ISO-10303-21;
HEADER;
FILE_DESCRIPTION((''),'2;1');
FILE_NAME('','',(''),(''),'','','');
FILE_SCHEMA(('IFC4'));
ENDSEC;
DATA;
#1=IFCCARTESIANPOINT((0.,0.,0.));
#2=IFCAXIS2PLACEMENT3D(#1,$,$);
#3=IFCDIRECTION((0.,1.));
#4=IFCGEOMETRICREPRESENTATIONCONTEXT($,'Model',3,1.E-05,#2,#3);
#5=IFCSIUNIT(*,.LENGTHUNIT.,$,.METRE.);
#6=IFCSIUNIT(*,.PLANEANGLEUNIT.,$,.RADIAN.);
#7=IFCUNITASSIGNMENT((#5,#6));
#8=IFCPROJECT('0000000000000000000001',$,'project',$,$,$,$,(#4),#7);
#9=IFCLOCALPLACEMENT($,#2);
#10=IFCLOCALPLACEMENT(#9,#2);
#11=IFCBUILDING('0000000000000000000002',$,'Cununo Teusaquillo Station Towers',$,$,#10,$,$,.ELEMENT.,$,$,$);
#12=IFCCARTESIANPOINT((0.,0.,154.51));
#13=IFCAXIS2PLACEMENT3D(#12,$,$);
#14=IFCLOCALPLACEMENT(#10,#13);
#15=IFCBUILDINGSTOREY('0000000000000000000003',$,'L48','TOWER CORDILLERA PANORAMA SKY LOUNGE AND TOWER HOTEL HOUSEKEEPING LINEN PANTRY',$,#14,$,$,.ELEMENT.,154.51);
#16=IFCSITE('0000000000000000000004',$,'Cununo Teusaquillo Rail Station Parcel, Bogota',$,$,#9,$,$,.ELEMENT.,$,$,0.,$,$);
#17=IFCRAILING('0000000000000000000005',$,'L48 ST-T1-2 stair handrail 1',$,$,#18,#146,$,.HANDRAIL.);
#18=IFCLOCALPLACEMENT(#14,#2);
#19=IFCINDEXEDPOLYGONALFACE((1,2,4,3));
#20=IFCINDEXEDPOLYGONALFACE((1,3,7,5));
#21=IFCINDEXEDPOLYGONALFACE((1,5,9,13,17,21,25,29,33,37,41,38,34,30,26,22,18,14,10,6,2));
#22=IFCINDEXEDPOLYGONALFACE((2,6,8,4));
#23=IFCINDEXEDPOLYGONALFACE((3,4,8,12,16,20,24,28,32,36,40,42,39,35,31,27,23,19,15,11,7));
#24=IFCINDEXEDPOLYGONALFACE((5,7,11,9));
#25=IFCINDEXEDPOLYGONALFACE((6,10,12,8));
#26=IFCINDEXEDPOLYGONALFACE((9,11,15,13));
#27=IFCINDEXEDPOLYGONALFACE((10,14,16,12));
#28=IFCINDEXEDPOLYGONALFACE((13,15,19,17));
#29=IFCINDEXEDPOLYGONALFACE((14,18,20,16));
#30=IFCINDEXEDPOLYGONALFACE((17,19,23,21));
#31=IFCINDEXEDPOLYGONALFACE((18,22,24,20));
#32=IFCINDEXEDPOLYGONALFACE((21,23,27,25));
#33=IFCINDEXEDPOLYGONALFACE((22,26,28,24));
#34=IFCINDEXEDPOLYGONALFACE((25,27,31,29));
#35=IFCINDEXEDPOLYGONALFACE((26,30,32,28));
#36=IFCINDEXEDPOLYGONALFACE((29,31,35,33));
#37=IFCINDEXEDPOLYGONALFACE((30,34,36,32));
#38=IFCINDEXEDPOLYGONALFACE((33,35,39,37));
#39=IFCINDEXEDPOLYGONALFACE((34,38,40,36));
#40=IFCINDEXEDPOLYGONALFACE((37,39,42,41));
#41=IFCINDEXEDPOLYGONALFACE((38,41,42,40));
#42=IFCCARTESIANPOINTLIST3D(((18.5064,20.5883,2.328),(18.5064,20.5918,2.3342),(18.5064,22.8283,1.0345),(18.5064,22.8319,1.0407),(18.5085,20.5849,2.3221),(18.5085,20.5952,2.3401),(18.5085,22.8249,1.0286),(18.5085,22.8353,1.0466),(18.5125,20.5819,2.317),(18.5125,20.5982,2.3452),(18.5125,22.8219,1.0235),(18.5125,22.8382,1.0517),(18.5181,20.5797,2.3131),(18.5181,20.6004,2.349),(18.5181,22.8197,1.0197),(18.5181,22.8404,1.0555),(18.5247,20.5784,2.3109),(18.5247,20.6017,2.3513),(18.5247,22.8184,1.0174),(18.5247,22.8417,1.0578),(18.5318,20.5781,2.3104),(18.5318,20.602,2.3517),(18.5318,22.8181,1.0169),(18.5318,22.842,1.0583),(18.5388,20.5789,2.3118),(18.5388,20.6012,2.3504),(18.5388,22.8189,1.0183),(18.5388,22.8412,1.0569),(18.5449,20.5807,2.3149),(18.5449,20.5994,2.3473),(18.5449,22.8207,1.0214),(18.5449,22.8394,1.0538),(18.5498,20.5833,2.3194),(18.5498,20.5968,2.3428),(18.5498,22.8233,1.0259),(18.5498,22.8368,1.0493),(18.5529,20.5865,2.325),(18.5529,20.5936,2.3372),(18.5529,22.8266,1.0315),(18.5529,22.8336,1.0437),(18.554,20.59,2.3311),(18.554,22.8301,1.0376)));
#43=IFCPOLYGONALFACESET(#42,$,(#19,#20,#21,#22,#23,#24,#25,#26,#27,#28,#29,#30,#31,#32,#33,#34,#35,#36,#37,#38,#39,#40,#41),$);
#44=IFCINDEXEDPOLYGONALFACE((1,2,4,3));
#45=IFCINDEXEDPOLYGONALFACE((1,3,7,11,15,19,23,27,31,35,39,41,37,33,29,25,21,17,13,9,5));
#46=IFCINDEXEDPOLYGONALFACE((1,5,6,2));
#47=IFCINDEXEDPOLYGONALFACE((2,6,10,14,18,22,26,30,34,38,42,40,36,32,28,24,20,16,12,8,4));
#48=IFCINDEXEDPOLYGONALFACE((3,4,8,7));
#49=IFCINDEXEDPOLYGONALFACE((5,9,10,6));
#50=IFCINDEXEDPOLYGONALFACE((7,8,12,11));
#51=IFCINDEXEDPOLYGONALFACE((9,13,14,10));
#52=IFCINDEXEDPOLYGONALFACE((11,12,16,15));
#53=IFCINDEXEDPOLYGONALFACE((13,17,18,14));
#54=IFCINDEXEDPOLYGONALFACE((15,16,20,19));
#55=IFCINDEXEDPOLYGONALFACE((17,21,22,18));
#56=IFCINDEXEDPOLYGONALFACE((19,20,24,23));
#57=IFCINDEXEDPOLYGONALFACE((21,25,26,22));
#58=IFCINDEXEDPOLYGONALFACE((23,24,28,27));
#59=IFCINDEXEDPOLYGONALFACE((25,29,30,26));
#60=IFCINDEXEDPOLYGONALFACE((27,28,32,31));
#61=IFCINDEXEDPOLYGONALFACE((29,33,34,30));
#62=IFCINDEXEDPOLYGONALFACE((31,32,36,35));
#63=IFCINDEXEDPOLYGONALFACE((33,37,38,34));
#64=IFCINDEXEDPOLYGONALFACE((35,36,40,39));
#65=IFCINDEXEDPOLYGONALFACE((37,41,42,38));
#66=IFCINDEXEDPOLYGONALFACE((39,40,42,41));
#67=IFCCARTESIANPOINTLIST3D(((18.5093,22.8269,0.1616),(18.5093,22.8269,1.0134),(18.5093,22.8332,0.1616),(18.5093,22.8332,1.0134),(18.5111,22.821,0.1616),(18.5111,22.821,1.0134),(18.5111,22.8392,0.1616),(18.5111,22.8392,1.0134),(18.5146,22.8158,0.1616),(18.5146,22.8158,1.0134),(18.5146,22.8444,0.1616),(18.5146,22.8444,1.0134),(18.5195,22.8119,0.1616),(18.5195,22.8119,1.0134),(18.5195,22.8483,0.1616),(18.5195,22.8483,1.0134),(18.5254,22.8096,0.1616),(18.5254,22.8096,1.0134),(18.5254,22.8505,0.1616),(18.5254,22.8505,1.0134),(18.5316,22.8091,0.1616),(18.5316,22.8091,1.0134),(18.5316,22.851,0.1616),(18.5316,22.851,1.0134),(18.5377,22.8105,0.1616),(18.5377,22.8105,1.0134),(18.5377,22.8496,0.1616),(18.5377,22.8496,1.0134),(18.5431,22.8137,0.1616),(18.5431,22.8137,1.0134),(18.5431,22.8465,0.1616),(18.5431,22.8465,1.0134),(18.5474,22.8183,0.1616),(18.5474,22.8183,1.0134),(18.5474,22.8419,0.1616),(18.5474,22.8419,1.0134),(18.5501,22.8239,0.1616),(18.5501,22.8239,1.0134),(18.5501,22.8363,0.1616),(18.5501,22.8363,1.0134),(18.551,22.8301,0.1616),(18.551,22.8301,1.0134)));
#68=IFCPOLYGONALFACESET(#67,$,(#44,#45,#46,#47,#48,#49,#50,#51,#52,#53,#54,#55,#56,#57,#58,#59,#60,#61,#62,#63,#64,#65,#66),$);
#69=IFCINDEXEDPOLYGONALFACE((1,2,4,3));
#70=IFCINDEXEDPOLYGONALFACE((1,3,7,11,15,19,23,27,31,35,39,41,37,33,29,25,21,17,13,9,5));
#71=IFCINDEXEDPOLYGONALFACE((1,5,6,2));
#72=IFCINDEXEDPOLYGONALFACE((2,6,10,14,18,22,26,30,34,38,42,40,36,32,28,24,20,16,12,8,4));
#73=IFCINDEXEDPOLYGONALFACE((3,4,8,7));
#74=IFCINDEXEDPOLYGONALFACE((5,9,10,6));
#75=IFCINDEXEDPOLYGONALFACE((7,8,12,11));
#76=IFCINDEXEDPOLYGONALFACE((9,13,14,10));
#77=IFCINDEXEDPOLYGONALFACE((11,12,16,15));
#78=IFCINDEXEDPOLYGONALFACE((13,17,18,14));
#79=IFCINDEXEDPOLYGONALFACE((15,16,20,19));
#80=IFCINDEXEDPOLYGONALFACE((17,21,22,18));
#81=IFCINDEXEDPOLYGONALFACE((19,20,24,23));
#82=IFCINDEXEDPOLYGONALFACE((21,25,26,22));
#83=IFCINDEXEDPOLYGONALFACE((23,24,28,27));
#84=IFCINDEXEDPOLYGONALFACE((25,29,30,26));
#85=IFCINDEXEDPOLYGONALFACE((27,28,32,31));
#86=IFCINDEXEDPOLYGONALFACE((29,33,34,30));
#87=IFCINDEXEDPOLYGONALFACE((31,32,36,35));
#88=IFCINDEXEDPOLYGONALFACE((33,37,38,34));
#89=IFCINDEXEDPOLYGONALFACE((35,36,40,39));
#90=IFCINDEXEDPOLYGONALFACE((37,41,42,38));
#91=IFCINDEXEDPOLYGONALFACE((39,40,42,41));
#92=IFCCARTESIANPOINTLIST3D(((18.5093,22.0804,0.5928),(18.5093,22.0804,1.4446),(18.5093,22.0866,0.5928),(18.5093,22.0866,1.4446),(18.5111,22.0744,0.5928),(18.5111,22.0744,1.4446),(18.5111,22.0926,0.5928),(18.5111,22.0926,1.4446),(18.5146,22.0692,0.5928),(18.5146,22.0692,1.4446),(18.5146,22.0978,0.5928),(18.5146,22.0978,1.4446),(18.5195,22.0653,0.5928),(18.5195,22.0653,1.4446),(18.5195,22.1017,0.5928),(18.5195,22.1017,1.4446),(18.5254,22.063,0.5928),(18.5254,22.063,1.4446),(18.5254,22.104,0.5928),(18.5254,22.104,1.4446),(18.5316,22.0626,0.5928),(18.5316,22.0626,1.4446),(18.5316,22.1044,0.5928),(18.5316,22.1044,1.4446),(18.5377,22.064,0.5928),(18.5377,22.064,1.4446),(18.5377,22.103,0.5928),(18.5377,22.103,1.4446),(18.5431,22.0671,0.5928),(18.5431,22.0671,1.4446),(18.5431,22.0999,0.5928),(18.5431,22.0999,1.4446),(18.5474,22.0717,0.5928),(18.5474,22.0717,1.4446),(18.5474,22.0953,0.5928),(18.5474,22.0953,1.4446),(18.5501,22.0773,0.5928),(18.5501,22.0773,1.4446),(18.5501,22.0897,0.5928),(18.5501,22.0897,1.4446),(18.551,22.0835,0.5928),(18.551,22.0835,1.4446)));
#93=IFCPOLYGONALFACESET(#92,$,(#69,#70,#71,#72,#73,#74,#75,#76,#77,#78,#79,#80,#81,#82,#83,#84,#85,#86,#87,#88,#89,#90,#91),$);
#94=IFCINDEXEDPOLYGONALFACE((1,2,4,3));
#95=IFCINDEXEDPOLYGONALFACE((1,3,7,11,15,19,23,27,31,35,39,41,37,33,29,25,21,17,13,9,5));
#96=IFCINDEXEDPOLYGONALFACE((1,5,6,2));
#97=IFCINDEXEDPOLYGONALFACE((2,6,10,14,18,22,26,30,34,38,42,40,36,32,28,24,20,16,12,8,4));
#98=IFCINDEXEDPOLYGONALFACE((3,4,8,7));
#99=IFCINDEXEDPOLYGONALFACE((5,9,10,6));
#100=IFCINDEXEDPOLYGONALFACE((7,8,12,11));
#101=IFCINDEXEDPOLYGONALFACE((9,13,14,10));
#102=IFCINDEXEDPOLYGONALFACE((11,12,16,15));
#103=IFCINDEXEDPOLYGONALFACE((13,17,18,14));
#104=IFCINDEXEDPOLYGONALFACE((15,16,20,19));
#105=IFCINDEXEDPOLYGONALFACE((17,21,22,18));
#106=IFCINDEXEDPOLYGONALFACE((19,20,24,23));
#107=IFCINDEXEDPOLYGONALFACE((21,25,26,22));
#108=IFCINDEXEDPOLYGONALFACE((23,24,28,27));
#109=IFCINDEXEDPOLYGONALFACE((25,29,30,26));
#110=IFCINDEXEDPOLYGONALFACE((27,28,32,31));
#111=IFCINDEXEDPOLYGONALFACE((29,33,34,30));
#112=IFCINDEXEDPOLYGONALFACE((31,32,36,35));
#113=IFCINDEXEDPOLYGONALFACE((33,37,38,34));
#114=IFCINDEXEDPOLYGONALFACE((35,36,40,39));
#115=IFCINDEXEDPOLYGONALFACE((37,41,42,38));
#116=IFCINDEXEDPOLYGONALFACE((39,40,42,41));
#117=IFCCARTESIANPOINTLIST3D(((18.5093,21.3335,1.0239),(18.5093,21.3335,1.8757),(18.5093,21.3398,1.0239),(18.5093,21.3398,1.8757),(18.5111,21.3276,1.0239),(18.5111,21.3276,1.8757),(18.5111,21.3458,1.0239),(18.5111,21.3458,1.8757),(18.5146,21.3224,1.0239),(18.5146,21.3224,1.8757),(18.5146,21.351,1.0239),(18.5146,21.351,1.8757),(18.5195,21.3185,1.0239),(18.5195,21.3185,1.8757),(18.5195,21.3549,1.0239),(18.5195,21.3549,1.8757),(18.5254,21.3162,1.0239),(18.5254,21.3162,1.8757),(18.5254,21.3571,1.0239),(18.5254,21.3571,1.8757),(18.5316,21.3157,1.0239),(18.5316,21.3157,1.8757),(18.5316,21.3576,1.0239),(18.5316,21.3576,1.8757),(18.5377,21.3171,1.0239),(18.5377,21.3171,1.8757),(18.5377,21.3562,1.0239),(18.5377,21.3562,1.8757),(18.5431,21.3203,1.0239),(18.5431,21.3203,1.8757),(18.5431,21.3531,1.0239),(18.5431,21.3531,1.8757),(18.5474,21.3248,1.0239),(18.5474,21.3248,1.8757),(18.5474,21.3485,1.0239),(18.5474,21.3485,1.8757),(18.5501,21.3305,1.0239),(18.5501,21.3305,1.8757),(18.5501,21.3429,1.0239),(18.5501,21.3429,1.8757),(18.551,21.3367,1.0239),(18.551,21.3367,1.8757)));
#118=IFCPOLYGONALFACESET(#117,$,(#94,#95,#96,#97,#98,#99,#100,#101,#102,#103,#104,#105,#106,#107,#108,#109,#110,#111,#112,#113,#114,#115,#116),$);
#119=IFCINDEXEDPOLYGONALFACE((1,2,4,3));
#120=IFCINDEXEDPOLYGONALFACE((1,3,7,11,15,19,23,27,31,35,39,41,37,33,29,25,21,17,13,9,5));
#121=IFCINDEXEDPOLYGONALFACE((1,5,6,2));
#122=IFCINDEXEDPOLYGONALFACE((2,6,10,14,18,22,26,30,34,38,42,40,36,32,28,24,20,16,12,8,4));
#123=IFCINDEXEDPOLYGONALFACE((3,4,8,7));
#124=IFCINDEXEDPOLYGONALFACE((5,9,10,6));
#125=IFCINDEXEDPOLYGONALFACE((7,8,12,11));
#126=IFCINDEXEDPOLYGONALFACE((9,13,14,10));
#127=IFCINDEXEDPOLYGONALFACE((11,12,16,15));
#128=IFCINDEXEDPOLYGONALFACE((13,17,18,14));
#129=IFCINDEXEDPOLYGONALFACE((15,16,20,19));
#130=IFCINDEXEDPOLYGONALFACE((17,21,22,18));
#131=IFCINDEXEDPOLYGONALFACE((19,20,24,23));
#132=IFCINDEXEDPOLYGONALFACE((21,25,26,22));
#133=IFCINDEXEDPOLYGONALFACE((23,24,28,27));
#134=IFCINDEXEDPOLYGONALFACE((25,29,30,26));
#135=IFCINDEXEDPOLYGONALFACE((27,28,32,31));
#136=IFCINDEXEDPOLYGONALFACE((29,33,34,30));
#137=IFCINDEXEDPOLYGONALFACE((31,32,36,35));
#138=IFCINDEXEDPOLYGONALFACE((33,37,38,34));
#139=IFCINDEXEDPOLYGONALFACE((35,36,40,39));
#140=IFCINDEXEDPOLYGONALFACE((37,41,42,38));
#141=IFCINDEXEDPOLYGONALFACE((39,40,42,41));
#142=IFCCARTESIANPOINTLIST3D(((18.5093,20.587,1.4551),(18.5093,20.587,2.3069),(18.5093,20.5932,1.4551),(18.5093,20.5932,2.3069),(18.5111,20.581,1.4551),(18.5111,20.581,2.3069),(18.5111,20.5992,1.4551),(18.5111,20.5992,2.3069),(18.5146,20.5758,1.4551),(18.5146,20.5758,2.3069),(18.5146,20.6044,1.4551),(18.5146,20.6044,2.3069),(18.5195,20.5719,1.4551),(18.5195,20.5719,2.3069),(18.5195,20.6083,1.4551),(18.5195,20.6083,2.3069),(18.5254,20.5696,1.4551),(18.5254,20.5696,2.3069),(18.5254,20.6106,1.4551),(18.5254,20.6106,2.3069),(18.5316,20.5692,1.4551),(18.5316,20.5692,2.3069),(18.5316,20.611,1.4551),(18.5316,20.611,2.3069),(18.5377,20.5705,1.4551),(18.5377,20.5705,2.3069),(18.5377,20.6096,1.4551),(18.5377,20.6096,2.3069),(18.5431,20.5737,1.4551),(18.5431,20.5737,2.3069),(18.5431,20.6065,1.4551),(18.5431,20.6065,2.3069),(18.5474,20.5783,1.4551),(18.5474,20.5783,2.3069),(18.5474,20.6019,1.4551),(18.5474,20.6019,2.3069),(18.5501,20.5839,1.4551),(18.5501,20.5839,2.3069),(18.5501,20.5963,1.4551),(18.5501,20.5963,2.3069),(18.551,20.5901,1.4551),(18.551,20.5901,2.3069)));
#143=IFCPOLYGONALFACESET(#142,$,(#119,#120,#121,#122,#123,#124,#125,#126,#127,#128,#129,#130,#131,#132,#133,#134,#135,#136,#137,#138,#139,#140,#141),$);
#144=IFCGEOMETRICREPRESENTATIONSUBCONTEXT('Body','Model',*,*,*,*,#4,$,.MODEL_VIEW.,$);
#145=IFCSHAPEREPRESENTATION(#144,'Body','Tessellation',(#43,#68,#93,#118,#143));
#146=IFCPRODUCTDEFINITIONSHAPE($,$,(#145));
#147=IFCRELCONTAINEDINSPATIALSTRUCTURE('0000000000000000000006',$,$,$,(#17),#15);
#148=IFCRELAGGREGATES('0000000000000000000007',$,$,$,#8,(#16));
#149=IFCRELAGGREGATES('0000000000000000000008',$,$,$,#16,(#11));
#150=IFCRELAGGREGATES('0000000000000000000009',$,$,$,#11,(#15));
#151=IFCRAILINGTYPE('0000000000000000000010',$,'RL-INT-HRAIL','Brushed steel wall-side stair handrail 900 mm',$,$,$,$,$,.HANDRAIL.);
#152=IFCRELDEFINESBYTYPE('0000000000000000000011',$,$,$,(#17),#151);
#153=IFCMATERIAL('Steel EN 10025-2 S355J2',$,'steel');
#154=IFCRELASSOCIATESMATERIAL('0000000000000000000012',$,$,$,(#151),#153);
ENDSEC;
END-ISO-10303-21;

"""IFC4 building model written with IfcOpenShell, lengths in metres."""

from ifc_helpers import new_model, si_unit, direction, frame, origin, origin_2d, place, context, subcontext, project, spatial, circle, extrude, material, type_object, element, save


model = new_model("IFC4")

# Units and contexts
model_context = context("Model", 3, precision=1e-05, world=origin(), true_north=direction((0.0, 1.0)))
body_context = subcontext(model_context, "Body", "Model", "MODEL_VIEW")
ifc_project = project(units=[si_unit("LENGTHUNIT", "METRE"), si_unit("PLANEANGLEUNIT", "RADIAN")], contexts=[model_context])

# Site, building, storey
site_placement = place(None, origin())
site = spatial("IfcSite", under=ifc_project, at=site_placement, Name="Cununo Teusaquillo Rail Station Parcel, Bogota", CompositionType="ELEMENT", RefElevation=0.0)
building_placement = place(site_placement, origin())
building = spatial("IfcBuilding", under=site, at=building_placement, Name="Cununo Teusaquillo Station Towers", CompositionType="ELEMENT")
storey_placement = place(building_placement, frame((0.0, 0.0, 154.51)))
storey = spatial("IfcBuildingStorey", under=building, at=storey_placement, Name="L48", Description="TOWER CORDILLERA PANORAMA SKY LOUNGE AND TOWER HOTEL HOUSEKEEPING LINEN PANTRY", CompositionType="ELEMENT", Elevation=154.51)

# Railing
ifc_material_1 = material(Name="Steel EN 10025-2 S355J2", Category="steel")
railing_type_1 = type_object("IfcRailingType", Name="RL-INT-HRAIL", Description="Brushed steel wall-side stair handrail 900 mm", PredefinedType="HANDRAIL", material=ifc_material_1)
railing_1_placement = place(storey_placement, frame((18.53, 22.8301, 0.1616)))
element("IfcRailing", 1, at=railing_1_placement, inside=storey, type_object=railing_type_1, Name="L48 ST-T1-2 stair handrail 1", PredefinedType="HANDRAIL", context=body_context, shape_type="SweptSolid", body=[
    extrude(circle(Radius=0.0239, at=origin_2d()), frame((0.0, 0.0, 0.876), z_axis=(0.0, -0.865992, 0.500057), x_axis=(1.0, 0.0, 0.0)), (0.0, 0.0, 1.0), 2.5867),
    extrude(circle(Radius=0.021, at=origin_2d()), origin(), (0.0, 0.0, 1.0), 0.8518),
    extrude(circle(Radius=0.021, at=origin_2d()), frame((0.0, -0.7466, 0.4312)), (0.0, 0.0, 1.0), 0.8518),
    extrude(circle(Radius=0.021, at=origin_2d()), frame((0.0, -1.4934, 0.8623)), (0.0, 0.0, 1.0), 0.8518),
    extrude(circle(Radius=0.021, at=origin_2d()), frame((0.0, -2.24, 1.2935)), (0.0, 0.0, 1.0), 0.8518),
])

save(model, "model.ifc")
